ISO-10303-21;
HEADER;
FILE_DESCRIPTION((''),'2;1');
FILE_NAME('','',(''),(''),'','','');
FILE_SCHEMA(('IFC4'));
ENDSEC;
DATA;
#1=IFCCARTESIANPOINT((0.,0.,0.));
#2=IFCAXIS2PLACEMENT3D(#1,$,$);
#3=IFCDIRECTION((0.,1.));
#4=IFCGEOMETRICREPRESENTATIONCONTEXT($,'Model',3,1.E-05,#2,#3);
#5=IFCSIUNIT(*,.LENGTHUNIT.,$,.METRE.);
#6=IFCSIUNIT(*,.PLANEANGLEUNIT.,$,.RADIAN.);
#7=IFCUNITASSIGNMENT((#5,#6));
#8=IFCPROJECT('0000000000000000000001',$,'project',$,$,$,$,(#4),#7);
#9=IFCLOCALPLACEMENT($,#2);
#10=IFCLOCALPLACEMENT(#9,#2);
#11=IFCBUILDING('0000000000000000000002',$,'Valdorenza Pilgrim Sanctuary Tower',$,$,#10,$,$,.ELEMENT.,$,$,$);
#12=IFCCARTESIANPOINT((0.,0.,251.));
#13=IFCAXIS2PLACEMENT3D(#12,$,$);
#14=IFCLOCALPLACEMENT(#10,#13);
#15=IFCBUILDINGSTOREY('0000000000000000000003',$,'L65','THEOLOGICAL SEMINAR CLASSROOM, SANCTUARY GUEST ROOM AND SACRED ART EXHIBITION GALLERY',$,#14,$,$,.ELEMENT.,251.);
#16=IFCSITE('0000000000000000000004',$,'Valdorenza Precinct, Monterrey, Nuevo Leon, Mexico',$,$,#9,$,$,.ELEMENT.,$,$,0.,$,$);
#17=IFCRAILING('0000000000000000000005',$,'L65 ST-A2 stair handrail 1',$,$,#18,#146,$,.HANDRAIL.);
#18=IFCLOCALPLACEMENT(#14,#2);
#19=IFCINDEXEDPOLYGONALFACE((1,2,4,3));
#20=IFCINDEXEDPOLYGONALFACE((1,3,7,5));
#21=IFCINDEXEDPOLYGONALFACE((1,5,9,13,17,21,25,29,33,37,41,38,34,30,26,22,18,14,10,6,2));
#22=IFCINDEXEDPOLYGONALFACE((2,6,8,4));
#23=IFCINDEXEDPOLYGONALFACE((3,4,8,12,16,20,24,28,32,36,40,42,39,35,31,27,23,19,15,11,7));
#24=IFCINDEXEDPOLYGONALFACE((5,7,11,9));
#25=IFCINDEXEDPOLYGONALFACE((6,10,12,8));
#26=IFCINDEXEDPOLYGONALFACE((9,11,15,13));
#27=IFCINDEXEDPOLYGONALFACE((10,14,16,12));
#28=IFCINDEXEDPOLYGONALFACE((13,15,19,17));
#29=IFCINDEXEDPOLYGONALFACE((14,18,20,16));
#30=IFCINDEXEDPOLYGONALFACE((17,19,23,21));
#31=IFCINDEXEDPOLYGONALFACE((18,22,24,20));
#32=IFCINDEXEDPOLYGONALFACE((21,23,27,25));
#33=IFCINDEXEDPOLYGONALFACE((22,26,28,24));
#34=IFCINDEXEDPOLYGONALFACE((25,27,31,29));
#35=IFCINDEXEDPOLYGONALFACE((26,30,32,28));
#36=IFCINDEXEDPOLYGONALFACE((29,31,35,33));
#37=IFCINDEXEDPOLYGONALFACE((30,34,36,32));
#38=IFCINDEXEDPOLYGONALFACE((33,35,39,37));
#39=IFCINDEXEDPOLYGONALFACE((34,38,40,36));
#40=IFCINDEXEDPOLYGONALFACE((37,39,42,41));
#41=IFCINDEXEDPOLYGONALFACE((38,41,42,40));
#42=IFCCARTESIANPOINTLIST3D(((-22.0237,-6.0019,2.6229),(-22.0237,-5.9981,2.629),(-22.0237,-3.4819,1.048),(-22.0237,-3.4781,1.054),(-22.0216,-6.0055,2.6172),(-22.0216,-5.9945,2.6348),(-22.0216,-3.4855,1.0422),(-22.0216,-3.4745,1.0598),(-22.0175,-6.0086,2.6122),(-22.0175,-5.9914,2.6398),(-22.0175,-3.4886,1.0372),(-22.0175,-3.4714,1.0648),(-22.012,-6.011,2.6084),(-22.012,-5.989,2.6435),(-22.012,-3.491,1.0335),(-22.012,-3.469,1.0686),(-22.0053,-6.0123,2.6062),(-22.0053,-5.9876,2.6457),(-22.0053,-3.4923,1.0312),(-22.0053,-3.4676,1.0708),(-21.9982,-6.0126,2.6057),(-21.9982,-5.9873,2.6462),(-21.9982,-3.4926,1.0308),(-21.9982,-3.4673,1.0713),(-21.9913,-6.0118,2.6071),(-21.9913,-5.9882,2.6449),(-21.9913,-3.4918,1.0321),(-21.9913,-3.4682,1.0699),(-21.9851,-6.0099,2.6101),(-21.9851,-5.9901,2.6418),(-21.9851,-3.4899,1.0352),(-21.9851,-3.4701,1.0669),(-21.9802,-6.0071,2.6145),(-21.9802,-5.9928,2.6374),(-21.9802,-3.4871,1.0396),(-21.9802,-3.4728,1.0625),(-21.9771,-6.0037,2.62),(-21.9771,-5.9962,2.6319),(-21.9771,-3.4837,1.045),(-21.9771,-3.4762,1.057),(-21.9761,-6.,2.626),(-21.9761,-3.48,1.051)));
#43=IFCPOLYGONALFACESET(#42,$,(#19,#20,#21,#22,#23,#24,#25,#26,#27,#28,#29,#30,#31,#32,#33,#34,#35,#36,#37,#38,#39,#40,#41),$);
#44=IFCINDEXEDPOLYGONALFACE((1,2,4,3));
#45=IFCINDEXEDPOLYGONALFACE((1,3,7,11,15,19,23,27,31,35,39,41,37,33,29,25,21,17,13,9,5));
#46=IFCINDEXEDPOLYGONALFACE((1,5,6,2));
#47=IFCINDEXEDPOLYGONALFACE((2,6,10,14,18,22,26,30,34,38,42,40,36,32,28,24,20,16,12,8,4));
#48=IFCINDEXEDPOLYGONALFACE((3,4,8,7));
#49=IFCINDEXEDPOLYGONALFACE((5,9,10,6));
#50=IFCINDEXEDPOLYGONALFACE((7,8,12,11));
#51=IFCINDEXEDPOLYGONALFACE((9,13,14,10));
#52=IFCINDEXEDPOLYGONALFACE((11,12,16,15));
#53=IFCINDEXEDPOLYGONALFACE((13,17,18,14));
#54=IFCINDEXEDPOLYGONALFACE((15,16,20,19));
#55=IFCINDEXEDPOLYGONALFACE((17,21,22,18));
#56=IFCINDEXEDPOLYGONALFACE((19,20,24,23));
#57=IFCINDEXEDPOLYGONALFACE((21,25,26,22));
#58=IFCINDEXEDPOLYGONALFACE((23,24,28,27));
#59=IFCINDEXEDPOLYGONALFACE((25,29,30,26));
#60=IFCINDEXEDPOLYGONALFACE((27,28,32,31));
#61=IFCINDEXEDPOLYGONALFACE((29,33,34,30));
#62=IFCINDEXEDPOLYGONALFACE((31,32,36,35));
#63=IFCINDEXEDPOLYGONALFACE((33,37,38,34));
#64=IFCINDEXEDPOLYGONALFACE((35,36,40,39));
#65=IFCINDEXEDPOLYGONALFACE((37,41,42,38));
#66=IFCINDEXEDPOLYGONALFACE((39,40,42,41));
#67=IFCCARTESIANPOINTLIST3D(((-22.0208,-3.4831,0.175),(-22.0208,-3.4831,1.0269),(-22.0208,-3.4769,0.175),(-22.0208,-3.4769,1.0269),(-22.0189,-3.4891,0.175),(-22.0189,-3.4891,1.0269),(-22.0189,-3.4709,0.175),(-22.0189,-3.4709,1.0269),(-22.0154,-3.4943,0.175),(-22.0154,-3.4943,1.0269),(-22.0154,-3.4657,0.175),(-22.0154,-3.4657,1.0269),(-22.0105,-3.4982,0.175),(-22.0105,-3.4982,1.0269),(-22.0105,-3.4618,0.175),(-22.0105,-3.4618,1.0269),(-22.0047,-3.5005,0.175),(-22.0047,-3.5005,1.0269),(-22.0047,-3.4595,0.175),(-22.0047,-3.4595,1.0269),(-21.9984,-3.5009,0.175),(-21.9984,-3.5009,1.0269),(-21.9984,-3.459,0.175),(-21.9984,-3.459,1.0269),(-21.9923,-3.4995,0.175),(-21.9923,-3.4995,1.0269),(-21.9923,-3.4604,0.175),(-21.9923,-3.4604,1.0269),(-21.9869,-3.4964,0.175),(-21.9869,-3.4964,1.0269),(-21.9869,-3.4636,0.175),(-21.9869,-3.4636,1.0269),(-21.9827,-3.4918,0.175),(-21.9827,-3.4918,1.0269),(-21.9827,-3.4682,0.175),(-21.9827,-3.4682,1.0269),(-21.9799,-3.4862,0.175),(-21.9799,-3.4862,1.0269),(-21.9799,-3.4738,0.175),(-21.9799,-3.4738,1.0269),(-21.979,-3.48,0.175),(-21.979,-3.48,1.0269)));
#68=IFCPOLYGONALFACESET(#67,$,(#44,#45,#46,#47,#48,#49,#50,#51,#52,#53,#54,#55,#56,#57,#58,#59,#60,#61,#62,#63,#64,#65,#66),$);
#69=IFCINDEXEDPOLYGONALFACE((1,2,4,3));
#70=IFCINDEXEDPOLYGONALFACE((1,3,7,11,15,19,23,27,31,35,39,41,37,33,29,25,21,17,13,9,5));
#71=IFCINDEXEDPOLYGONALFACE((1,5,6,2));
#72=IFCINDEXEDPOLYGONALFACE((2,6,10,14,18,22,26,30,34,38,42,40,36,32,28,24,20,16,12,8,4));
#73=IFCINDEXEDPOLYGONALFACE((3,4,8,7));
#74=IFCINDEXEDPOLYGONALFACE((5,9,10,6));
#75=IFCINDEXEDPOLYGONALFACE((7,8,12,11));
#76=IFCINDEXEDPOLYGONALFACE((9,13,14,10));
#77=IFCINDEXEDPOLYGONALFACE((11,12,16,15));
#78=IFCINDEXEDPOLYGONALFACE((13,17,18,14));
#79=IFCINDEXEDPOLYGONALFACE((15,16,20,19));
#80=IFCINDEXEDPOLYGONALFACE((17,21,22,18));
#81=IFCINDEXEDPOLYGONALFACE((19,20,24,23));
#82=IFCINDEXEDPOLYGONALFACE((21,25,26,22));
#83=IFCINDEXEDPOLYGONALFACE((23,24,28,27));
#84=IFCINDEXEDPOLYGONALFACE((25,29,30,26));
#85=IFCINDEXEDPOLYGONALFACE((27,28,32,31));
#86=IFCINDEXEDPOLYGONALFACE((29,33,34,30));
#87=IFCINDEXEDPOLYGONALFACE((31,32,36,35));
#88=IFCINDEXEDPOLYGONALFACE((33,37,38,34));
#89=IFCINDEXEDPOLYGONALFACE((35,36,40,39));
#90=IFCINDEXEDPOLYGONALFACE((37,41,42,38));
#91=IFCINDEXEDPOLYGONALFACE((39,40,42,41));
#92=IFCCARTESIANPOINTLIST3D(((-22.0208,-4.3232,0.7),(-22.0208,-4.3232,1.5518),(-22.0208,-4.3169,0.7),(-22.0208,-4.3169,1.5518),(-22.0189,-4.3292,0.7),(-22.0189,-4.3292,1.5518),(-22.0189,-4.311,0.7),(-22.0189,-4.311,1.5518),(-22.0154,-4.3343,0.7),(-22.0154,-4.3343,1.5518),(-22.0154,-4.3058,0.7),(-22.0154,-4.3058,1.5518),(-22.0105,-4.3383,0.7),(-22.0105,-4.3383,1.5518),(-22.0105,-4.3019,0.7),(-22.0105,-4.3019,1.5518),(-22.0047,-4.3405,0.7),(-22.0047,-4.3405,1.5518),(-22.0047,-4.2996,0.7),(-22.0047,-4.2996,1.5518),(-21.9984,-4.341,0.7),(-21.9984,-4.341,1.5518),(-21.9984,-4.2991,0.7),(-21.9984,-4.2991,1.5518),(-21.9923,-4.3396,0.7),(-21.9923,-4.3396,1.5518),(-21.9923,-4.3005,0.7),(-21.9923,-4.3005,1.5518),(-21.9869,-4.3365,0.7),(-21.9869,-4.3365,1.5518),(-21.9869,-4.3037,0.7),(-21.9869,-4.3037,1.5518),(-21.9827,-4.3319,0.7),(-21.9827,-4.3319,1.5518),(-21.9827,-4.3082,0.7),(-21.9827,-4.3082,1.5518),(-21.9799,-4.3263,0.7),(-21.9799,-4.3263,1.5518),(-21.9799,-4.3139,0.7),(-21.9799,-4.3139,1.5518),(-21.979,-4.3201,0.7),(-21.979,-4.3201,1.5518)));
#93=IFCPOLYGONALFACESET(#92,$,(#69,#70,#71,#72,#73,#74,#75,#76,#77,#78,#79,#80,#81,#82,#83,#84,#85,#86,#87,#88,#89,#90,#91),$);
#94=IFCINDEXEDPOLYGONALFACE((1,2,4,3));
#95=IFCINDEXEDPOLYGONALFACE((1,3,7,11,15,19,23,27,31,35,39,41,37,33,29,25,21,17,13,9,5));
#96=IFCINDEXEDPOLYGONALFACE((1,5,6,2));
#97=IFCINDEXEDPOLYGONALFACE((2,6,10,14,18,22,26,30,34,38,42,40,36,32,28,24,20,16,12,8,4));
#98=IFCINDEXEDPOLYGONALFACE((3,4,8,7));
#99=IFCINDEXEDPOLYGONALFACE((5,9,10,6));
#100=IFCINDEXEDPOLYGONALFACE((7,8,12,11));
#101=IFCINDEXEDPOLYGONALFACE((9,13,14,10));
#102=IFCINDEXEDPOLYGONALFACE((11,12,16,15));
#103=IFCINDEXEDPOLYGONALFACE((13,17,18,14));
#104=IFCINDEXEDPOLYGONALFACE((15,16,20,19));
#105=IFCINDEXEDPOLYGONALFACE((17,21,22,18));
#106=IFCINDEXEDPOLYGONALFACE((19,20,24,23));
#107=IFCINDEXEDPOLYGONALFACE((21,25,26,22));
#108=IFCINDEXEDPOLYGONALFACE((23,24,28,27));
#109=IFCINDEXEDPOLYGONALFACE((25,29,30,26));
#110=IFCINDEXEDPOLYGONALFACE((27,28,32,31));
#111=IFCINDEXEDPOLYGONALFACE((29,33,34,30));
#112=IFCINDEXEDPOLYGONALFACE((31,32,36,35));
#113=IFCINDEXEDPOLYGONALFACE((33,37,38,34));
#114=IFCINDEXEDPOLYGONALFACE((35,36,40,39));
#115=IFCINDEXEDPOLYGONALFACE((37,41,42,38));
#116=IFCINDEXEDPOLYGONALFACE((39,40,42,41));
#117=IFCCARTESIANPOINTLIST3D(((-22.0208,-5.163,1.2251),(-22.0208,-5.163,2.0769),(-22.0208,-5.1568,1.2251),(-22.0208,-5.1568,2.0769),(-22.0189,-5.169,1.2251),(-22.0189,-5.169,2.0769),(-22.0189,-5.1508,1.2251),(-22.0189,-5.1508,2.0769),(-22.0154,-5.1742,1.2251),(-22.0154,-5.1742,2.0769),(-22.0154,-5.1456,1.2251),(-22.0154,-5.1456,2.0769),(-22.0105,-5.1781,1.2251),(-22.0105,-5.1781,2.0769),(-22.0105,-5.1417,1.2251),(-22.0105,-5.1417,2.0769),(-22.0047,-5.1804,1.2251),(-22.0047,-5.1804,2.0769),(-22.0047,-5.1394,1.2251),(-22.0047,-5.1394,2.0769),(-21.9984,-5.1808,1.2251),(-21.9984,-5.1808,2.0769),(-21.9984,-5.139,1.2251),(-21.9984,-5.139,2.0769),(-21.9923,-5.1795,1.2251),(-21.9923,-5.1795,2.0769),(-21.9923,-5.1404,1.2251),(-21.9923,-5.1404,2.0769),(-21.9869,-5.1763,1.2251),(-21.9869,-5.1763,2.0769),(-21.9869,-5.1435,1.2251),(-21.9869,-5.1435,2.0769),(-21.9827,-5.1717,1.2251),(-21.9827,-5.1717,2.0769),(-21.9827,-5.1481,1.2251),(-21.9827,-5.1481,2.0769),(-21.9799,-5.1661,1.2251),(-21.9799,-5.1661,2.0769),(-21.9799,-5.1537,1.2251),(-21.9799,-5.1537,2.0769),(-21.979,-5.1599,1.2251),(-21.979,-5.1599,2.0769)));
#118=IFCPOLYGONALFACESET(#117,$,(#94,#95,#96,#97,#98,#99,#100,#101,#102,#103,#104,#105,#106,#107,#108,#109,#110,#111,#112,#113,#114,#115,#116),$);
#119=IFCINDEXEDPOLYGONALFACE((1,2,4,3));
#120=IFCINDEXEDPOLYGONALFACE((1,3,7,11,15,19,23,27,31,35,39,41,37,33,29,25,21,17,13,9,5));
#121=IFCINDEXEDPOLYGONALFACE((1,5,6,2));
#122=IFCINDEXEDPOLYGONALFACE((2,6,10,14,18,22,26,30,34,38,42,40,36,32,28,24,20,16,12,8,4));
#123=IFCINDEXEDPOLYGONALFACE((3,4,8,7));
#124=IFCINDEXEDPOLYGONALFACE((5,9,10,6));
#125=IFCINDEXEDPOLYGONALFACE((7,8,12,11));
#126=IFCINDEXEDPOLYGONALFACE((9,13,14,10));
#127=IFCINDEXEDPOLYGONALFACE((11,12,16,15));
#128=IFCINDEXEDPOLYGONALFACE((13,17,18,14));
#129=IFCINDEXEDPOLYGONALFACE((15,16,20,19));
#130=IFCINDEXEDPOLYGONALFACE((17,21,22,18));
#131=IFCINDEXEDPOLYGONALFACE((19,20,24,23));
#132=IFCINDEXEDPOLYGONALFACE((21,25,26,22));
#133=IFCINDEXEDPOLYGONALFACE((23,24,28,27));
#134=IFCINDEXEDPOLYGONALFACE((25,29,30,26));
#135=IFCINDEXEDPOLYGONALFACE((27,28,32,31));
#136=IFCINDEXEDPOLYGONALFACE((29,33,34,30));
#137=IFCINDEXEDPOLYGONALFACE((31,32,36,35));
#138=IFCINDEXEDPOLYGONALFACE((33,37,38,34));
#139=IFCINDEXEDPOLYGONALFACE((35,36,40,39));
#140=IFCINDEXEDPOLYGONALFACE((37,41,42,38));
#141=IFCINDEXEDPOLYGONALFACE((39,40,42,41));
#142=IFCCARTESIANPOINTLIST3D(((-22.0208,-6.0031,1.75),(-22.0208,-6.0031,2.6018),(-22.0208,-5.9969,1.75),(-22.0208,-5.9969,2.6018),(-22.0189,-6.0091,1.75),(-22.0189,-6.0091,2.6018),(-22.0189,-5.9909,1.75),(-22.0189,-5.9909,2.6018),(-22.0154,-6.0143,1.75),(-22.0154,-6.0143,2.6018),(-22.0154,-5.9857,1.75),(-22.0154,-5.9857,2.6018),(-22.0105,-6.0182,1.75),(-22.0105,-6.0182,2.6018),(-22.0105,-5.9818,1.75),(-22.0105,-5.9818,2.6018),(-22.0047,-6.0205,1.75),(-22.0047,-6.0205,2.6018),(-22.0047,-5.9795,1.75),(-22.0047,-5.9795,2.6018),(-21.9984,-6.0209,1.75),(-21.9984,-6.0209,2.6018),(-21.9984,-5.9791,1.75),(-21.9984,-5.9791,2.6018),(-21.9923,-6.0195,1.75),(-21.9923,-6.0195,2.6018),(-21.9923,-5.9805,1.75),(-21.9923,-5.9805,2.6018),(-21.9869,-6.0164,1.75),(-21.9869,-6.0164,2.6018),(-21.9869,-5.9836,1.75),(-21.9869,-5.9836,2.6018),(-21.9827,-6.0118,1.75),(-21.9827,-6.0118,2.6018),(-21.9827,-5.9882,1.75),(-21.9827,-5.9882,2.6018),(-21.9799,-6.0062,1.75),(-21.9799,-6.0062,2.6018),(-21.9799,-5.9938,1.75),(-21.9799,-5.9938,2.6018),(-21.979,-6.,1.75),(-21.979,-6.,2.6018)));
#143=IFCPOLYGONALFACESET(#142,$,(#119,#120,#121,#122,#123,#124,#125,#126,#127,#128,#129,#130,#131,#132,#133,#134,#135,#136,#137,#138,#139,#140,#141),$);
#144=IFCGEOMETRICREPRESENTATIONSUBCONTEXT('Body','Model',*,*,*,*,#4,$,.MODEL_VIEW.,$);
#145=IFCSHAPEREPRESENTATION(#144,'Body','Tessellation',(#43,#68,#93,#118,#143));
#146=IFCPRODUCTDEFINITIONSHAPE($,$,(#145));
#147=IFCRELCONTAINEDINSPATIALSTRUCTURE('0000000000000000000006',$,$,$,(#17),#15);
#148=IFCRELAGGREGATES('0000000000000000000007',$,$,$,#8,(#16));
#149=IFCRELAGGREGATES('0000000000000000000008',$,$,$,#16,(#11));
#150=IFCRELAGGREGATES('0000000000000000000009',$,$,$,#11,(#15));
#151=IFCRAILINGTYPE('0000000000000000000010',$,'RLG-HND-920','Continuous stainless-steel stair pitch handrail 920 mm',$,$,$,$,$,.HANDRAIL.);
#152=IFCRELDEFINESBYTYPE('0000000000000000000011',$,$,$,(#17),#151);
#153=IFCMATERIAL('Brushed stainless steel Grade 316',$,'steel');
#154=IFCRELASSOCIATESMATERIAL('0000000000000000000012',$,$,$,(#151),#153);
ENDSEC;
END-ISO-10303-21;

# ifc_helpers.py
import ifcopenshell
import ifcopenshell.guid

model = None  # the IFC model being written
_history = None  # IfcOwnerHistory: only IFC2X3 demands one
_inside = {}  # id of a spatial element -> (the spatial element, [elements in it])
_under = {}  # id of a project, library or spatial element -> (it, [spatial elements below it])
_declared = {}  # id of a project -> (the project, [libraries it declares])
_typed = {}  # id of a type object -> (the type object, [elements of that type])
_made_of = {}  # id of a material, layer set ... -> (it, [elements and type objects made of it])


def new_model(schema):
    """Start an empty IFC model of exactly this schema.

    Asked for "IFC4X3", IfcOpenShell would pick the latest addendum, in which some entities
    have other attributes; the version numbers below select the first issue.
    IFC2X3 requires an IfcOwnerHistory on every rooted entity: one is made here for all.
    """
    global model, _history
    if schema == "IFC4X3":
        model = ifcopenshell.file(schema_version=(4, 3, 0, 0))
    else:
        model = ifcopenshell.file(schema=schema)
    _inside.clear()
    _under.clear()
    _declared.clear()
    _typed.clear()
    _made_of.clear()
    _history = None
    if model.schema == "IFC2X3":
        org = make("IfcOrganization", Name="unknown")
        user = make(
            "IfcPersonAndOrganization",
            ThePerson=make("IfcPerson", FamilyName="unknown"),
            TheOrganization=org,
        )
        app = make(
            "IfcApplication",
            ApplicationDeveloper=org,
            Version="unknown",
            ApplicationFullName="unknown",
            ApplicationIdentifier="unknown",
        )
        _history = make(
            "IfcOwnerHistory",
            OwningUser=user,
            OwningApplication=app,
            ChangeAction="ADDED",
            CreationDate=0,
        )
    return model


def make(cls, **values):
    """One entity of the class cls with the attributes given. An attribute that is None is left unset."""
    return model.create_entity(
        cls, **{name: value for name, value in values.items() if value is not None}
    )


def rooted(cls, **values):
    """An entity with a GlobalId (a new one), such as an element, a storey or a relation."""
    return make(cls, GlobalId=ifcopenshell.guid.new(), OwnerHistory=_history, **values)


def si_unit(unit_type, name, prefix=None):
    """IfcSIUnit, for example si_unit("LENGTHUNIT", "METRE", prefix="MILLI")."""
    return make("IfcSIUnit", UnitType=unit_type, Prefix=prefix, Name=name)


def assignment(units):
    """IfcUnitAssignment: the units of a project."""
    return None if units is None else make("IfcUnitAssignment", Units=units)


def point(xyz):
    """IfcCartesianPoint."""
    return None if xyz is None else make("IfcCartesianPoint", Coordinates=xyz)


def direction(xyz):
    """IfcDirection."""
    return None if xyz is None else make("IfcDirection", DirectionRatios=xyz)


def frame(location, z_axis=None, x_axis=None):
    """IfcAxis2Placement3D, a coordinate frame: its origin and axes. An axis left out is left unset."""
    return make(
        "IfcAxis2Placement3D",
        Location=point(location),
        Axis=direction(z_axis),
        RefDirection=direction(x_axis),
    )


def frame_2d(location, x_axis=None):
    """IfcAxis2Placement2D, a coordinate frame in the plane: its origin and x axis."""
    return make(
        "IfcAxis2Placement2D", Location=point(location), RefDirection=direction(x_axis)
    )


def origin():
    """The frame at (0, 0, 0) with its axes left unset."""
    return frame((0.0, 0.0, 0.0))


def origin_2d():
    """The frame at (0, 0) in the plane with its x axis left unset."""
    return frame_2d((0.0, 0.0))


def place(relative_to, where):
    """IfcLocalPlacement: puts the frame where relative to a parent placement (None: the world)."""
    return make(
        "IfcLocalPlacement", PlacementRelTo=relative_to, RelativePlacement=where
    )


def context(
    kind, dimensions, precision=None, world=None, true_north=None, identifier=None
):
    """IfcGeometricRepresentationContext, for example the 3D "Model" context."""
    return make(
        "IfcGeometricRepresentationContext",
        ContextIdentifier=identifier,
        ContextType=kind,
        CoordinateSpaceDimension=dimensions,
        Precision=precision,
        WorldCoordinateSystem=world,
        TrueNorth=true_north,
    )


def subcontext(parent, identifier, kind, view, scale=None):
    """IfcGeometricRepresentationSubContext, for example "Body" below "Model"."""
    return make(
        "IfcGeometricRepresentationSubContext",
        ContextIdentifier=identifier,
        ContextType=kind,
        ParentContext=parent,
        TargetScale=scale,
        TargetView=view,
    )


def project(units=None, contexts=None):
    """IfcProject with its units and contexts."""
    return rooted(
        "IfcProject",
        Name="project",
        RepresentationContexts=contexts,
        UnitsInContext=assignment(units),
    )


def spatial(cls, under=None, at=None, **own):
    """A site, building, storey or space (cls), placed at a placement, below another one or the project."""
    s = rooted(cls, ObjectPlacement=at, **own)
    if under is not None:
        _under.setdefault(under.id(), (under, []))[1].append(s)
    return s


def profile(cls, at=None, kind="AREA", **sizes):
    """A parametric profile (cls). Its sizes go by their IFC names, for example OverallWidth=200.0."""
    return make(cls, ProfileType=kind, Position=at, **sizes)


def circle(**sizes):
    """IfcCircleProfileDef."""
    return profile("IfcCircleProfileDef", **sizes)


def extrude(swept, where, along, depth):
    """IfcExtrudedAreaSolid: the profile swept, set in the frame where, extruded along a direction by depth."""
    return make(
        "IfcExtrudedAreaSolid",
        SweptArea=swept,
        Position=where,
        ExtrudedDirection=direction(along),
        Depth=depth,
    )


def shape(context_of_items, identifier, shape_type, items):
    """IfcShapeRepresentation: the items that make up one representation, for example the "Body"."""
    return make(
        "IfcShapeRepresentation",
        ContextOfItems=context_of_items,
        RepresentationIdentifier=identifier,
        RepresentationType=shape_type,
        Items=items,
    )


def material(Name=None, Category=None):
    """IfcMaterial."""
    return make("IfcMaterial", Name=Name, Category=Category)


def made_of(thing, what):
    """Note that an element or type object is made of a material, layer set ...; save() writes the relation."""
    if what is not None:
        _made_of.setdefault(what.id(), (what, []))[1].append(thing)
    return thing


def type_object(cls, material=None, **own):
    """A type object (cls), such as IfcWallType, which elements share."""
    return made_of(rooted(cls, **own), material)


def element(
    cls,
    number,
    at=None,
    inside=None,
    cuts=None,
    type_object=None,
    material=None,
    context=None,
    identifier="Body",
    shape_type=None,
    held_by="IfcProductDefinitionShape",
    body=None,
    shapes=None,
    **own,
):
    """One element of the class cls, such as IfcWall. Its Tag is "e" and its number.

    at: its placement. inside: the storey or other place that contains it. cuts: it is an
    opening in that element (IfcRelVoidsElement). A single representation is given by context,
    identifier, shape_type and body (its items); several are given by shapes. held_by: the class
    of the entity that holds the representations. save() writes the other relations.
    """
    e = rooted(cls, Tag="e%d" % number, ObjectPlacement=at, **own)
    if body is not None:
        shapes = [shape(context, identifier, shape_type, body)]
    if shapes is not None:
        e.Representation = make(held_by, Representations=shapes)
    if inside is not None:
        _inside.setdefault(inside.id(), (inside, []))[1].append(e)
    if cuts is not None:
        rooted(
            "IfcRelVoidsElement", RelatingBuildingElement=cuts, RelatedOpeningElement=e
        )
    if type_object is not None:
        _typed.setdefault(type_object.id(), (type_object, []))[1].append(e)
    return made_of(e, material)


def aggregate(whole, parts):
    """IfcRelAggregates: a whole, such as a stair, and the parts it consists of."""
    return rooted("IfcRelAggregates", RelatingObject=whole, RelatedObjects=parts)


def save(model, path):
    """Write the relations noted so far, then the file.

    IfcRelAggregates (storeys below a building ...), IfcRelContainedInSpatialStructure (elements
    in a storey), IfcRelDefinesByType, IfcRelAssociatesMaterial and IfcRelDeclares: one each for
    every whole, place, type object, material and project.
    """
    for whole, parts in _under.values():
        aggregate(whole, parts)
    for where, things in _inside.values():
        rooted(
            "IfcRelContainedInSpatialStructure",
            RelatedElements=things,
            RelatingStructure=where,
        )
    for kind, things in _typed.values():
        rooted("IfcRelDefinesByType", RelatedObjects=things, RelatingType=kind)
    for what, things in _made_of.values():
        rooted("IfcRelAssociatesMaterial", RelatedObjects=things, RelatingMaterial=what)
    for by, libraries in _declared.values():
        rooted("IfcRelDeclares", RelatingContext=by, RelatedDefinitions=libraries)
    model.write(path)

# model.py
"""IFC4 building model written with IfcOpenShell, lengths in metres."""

from ifc_helpers import new_model, si_unit, direction, frame, origin, origin_2d, place, context, subcontext, project, spatial, circle, extrude, material, type_object, element, save


model = new_model("IFC4")

# Units and contexts
model_context = context("Model", 3, precision=1e-05, world=origin(), true_north=direction((0.0, 1.0)))
body_context = subcontext(model_context, "Body", "Model", "MODEL_VIEW")
ifc_project = project(units=[si_unit("LENGTHUNIT", "METRE"), si_unit("PLANEANGLEUNIT", "RADIAN")], contexts=[model_context])

# Site, building, storey
site_placement = place(None, origin())
site = spatial("IfcSite", under=ifc_project, at=site_placement, Name="Valdorenza Precinct, Monterrey, Nuevo Leon, Mexico", CompositionType="ELEMENT", RefElevation=0.0)
building_placement = place(site_placement, origin())
building = spatial("IfcBuilding", under=site, at=building_placement, Name="Valdorenza Pilgrim Sanctuary Tower", CompositionType="ELEMENT")
storey_placement = place(building_placement, frame((0.0, 0.0, 251.0)))
storey = spatial("IfcBuildingStorey", under=building, at=storey_placement, Name="L65", Description="THEOLOGICAL SEMINAR CLASSROOM, SANCTUARY GUEST ROOM AND SACRED ART EXHIBITION GALLERY", CompositionType="ELEMENT", Elevation=251.0)

# Shared definitions
ifc_material_1 = material(Name="Brushed stainless steel Grade 316", Category="steel")

# Railing
railing_type_1 = type_object("IfcRailingType", Name="RLG-HND-920", Description="Continuous stainless-steel stair pitch handrail 920 mm", PredefinedType="HANDRAIL", material=ifc_material_1)
railing_1_placement = place(storey_placement, frame((-22.0, -3.48, 0.175)))
element("IfcRailing", 1, at=railing_1_placement, inside=storey, type_object=railing_type_1, Name="L65 ST-A2 stair handrail 1", PredefinedType="HANDRAIL", context=body_context, shape_type="SweptSolid", body=[
    extrude(circle(Radius=0.0239, at=origin_2d()), frame((0.0, 0.0, 0.876), z_axis=(0.0, -0.848008, 0.529984), x_axis=(1.0, 0.0, 0.0)), (0.0, 0.0, 1.0), 2.9717),
    extrude(circle(Radius=0.021, at=origin_2d()), origin(), (0.0, 0.0, 1.0), 0.8518),
    extrude(circle(Radius=0.021, at=origin_2d()), frame((0.0, -0.8401, 0.5249)), (0.0, 0.0, 1.0), 0.8518),
    extrude(circle(Radius=0.021, at=origin_2d()), frame((0.0, -1.6799, 1.05)), (0.0, 0.0, 1.0), 0.8518),
    extrude(circle(Radius=0.021, at=origin_2d()), frame((0.0, -2.52, 1.575)), (0.0, 0.0, 1.0), 0.8518),
])

save(model, "model.ifc")
